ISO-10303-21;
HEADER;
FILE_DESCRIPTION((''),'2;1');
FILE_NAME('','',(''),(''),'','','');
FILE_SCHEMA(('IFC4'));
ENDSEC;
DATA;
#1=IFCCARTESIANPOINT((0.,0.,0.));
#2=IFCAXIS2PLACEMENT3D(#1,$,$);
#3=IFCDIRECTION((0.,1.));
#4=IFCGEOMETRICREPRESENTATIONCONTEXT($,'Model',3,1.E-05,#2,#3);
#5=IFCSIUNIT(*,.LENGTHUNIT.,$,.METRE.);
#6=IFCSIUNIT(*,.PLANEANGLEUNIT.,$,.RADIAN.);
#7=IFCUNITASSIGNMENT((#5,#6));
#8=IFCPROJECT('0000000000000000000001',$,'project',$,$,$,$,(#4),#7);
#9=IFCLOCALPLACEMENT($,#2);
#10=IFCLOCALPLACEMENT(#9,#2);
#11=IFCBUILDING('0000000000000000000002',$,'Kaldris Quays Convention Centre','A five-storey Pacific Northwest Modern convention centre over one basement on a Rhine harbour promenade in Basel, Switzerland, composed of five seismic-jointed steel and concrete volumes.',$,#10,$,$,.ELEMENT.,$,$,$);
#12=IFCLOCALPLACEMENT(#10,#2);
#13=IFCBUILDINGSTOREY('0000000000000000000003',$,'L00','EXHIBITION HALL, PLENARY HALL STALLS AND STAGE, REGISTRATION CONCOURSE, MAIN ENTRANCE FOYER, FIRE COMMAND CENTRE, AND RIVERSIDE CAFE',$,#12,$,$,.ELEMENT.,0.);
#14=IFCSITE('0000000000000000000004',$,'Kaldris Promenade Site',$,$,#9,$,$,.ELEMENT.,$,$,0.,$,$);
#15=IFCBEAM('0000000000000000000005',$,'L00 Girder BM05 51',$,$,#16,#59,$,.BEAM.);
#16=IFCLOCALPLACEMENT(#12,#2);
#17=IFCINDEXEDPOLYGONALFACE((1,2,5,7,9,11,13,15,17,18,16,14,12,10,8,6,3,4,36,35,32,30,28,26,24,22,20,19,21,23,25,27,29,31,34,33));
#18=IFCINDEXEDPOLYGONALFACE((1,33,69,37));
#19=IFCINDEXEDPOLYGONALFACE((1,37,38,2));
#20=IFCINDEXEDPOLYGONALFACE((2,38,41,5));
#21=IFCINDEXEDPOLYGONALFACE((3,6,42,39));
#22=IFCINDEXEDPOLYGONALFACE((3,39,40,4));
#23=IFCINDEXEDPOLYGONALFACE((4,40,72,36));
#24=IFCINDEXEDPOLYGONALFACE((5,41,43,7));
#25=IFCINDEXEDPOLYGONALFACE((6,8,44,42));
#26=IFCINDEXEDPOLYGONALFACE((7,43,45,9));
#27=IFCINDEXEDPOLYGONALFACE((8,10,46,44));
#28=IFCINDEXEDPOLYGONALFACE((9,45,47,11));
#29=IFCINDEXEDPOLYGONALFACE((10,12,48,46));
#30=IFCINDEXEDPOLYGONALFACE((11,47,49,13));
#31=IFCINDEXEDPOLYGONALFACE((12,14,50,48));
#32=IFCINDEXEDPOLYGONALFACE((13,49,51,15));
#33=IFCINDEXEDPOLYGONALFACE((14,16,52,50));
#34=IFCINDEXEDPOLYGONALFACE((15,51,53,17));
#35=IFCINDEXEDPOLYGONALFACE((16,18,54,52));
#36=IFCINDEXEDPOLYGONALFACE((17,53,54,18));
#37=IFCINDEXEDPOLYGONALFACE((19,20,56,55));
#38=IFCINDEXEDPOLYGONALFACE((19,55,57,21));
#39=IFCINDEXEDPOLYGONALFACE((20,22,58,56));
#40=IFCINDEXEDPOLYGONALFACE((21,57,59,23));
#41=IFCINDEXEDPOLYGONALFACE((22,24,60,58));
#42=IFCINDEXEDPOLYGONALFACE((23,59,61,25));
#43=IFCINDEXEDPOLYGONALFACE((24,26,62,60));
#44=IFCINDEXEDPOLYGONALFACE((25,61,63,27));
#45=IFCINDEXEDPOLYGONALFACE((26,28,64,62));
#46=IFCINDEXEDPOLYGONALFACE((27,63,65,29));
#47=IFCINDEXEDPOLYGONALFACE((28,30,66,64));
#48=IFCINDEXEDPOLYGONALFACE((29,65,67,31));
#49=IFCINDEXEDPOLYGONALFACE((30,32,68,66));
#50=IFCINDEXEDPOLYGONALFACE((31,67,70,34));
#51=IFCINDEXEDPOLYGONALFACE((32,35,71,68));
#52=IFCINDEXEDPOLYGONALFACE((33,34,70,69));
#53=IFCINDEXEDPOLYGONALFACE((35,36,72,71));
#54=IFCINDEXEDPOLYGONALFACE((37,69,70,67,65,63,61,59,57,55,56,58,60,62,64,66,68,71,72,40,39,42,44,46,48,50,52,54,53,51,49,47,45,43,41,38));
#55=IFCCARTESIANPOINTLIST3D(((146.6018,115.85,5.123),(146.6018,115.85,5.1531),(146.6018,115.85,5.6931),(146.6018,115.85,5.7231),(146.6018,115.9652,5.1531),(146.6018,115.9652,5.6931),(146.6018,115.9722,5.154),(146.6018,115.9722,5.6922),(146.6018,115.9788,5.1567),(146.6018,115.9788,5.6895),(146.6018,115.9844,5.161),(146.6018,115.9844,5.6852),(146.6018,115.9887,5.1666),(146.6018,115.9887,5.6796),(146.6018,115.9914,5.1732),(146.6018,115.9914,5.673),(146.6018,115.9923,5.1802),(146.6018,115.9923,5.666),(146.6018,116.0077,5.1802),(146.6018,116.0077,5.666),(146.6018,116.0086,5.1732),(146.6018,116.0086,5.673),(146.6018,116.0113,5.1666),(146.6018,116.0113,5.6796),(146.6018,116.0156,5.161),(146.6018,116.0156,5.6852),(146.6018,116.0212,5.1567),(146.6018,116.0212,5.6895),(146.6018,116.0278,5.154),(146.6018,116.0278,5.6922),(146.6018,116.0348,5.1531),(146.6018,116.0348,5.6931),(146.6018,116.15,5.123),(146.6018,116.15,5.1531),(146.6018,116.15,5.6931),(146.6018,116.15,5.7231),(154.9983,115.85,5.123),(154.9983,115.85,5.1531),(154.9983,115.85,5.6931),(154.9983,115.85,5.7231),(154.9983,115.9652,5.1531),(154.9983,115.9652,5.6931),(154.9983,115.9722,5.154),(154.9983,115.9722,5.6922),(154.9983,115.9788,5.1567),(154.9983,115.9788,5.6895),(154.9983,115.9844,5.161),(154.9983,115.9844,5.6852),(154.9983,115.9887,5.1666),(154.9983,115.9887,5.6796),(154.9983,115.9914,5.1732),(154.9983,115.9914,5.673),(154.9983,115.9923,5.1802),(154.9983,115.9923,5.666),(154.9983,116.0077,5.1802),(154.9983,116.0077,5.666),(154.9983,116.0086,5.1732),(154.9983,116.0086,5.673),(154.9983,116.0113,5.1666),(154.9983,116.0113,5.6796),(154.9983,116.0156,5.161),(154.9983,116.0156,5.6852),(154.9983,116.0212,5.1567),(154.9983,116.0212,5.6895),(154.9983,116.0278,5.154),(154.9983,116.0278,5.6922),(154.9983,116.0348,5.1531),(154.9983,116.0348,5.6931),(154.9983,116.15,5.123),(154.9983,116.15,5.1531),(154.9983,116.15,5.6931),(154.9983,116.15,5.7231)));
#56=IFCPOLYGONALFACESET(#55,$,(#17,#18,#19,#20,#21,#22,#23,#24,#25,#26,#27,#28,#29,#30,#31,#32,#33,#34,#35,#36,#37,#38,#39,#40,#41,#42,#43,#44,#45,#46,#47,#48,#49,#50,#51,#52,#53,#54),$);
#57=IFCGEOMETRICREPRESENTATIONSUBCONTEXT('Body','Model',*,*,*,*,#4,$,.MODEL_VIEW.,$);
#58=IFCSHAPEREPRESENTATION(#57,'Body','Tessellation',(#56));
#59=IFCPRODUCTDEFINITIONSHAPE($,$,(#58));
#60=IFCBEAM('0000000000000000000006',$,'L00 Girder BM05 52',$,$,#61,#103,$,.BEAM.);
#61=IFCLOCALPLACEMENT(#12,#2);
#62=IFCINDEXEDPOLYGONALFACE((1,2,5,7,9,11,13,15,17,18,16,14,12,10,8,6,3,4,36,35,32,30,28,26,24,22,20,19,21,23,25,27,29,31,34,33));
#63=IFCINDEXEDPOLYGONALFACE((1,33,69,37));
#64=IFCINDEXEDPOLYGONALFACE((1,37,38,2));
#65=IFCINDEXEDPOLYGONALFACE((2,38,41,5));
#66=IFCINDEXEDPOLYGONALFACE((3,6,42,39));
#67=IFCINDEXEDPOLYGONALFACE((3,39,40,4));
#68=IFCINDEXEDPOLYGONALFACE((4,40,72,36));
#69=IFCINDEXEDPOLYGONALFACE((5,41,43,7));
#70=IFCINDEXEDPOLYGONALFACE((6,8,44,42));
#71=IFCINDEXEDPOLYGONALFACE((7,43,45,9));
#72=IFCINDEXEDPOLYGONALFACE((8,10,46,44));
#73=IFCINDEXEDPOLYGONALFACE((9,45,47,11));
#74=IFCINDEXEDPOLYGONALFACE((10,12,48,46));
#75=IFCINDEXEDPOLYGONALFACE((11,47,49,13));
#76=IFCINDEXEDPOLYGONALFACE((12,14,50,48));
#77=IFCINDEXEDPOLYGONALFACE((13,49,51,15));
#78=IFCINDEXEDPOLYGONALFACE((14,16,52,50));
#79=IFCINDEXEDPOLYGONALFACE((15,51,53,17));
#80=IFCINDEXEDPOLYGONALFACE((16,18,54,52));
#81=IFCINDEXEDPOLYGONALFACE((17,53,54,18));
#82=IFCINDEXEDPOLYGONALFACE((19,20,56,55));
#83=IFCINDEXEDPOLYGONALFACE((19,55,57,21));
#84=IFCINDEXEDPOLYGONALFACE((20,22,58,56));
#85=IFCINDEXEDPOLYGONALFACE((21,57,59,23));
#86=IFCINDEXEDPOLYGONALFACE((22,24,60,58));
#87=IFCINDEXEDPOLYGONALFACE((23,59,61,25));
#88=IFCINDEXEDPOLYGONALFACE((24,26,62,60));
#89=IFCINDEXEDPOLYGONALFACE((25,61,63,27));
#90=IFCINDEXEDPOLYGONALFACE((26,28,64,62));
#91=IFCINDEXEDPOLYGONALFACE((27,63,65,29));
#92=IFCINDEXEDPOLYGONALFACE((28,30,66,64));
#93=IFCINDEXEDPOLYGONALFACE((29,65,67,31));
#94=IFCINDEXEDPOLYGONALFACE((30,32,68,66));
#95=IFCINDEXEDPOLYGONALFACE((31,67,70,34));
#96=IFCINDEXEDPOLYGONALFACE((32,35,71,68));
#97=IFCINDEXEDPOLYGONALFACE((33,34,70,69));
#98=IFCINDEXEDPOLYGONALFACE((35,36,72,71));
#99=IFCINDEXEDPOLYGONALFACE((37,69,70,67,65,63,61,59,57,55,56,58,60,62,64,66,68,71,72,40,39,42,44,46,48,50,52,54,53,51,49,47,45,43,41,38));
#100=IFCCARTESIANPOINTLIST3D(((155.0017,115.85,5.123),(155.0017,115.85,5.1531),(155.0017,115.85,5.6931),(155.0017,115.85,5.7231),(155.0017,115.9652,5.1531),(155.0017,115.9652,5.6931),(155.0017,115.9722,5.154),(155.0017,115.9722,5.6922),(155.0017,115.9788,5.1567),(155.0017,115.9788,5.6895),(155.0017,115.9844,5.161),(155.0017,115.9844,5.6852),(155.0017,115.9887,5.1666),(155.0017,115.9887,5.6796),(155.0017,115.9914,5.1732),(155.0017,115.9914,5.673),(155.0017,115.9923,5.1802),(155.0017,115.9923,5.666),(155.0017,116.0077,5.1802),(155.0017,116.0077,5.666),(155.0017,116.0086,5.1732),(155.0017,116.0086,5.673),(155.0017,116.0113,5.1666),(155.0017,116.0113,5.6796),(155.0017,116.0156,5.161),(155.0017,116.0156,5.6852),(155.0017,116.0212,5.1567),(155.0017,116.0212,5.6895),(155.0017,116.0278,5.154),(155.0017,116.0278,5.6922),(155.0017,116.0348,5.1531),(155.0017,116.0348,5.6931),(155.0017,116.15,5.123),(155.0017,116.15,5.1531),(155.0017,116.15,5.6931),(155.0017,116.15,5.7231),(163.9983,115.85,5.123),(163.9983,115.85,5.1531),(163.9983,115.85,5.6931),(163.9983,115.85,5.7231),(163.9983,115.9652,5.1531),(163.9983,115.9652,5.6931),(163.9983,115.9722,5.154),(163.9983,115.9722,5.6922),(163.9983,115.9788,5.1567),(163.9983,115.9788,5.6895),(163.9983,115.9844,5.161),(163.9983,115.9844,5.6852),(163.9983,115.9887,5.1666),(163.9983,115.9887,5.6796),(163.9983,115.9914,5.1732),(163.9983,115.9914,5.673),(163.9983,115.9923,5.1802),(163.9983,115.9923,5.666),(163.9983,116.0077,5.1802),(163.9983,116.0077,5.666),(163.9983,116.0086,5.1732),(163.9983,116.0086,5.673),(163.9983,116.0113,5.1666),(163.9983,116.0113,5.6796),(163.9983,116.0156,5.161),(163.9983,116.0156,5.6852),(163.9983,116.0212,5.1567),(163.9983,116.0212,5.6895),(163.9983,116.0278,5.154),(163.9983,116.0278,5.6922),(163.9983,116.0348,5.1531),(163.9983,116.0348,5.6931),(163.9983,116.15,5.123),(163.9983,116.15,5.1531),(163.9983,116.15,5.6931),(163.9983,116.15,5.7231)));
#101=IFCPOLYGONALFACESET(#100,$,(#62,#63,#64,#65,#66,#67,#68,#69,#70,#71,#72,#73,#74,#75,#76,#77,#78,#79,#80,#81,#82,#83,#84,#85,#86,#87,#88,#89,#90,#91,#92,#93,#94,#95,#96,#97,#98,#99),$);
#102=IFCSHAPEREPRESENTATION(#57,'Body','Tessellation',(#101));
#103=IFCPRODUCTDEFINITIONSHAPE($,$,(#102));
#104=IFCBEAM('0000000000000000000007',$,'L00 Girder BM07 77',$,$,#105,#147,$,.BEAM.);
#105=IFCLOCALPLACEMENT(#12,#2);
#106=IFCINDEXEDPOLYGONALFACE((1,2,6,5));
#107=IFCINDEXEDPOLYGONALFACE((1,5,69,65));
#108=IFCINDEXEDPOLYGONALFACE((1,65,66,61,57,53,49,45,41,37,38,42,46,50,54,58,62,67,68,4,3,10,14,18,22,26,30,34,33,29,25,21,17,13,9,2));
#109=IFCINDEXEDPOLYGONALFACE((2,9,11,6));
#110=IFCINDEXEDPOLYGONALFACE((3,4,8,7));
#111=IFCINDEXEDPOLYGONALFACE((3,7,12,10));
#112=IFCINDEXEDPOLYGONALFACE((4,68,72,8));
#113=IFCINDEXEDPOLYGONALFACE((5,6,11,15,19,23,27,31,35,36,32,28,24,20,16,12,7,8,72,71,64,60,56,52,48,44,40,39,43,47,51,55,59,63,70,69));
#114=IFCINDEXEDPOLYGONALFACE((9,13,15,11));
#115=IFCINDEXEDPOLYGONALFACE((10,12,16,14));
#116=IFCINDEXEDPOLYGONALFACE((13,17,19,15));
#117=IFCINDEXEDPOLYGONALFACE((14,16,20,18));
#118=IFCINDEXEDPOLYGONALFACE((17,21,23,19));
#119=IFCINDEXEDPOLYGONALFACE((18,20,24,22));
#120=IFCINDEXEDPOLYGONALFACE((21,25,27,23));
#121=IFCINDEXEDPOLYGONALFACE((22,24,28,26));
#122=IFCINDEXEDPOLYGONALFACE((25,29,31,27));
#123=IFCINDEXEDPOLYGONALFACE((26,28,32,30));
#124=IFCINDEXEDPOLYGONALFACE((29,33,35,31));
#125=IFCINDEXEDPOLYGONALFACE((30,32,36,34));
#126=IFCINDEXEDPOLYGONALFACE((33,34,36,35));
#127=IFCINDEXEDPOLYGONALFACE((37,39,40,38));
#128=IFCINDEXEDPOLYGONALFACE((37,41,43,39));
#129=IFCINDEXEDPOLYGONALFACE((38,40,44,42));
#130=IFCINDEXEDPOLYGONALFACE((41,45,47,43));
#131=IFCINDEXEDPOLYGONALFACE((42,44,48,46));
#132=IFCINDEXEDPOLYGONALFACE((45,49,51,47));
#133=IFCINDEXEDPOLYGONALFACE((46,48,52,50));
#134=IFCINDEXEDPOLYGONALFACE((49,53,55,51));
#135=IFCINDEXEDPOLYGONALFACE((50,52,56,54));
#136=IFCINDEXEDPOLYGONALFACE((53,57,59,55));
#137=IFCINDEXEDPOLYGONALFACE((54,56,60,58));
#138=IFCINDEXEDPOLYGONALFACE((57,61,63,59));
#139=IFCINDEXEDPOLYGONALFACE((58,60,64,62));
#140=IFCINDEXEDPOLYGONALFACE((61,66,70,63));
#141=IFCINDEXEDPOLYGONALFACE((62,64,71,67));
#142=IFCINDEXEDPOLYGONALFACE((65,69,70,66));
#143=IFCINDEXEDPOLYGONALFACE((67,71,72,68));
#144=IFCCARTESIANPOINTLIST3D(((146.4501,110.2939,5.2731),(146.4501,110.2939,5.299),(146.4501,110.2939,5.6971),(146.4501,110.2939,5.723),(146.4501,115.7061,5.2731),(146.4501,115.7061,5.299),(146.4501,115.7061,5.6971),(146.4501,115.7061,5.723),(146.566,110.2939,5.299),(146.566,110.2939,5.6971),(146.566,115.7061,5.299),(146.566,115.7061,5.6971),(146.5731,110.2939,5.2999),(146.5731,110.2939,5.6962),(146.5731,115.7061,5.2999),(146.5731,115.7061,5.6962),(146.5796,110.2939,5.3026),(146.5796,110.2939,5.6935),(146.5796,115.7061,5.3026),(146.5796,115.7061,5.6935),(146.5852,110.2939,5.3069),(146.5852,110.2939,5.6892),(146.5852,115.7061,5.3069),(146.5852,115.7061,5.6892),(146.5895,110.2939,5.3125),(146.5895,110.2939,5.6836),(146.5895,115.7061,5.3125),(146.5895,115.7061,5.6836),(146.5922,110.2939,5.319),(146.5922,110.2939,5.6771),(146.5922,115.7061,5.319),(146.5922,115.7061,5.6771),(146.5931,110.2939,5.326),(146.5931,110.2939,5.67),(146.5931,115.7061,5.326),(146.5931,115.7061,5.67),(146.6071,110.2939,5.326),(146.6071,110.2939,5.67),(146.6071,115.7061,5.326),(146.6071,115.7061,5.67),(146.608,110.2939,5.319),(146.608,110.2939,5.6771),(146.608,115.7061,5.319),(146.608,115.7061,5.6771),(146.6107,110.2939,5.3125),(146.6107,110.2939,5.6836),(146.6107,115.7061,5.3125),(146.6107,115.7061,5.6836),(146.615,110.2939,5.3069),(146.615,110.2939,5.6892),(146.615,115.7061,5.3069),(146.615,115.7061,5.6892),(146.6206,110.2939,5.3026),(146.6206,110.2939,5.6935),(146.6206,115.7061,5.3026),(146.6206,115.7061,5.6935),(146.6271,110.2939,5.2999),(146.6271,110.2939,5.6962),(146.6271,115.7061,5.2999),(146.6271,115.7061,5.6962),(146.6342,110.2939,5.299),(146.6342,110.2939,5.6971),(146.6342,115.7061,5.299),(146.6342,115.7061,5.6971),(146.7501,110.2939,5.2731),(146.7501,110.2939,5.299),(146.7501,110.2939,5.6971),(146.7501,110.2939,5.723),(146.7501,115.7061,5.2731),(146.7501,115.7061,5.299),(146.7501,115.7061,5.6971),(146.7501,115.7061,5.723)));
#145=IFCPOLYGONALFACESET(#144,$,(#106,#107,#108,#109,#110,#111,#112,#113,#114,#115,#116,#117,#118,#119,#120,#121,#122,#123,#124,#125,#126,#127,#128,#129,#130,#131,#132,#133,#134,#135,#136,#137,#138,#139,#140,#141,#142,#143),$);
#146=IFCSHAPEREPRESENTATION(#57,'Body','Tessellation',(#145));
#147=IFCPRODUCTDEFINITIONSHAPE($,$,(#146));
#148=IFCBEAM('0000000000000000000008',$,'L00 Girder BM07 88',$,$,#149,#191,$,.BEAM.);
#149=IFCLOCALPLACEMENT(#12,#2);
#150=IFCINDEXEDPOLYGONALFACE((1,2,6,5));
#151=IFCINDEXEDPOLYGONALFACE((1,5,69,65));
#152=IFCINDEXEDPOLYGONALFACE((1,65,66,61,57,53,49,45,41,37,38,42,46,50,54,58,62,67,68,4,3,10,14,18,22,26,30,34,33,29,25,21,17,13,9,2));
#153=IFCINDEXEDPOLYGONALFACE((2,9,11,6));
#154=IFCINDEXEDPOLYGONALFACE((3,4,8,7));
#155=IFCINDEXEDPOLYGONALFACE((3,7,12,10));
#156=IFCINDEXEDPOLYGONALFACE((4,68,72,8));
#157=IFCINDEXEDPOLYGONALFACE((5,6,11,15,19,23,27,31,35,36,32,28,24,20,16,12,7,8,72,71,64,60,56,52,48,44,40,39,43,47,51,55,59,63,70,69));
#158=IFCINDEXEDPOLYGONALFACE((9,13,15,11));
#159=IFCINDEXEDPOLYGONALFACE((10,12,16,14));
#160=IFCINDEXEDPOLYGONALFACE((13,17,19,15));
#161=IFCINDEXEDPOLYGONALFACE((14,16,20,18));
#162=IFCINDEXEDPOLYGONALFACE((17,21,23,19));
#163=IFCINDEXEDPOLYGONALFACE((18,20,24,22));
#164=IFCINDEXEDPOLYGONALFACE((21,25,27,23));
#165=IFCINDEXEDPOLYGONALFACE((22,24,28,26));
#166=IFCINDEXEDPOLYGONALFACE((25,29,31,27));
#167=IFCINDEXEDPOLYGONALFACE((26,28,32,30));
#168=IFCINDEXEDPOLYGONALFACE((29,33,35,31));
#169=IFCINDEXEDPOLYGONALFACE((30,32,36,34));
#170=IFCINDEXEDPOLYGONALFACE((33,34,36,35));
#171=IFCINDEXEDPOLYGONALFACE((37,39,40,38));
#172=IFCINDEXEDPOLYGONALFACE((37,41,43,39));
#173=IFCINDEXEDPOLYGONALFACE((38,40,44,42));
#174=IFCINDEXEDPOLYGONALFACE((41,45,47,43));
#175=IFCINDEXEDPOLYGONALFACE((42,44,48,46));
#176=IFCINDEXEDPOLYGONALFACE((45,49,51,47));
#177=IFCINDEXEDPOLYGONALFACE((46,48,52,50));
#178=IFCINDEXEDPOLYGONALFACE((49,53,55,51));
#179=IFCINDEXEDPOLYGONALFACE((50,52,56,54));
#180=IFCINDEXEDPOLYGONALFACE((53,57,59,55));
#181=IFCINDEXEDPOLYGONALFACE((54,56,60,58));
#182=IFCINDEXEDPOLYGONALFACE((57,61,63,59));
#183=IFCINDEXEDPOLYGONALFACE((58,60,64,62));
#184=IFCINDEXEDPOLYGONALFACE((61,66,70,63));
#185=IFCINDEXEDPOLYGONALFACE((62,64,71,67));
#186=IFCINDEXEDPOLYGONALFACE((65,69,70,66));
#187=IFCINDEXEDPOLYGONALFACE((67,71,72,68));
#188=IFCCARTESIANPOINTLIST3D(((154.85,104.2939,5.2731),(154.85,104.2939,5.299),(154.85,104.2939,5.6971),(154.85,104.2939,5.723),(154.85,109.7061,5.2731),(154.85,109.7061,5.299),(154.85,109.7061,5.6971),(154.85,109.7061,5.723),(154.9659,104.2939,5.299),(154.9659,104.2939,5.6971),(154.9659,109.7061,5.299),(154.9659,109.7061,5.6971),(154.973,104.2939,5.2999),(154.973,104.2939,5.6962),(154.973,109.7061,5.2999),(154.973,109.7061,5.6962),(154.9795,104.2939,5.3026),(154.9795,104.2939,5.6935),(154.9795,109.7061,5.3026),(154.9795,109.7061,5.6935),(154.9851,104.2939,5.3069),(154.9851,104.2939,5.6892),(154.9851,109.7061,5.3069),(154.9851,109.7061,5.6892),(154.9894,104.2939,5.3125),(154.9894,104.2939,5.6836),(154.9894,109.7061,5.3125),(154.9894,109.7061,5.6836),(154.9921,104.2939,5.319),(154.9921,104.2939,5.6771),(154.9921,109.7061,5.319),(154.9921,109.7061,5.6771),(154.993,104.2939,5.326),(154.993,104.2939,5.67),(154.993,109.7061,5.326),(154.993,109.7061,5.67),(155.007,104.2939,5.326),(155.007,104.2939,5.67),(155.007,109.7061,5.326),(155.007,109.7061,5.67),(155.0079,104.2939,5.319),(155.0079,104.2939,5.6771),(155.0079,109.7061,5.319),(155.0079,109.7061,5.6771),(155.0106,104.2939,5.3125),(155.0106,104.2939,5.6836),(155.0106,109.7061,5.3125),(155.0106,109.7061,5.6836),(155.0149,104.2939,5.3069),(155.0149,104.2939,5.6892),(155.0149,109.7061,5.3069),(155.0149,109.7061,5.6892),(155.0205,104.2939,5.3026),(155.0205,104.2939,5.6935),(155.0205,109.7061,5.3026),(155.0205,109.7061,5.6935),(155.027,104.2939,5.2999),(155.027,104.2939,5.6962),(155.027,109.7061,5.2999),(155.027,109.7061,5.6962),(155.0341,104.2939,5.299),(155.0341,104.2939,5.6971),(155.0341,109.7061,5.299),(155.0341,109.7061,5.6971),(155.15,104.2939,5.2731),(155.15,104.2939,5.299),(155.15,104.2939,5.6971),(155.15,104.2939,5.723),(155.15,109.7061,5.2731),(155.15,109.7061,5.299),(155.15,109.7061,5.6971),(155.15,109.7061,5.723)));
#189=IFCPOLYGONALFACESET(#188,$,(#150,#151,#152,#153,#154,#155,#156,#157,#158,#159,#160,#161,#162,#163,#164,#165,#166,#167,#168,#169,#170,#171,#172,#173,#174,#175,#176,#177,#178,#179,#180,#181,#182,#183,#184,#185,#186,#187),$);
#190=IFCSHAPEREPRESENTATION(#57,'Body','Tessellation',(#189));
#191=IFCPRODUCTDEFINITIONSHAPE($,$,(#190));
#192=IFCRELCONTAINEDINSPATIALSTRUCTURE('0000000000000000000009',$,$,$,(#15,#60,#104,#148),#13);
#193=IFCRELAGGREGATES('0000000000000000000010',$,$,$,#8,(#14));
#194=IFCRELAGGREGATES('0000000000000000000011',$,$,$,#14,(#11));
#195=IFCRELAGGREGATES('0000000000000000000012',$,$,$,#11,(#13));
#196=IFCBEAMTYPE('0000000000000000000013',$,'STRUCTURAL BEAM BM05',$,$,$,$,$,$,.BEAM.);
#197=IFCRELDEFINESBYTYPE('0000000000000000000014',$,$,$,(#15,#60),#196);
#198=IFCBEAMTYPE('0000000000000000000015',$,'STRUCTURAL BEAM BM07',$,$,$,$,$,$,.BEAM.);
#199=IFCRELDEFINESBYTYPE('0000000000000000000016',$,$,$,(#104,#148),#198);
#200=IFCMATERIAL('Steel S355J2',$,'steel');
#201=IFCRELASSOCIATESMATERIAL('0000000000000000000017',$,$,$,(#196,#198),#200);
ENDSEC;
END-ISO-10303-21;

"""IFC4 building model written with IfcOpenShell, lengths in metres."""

from ifc_helpers import new_model, si_unit, direction, frame, origin, origin_2d, place, context, subcontext, project, spatial, i_section, extrude, material, material_profile, profile_set, type_object, element, save


model = new_model("IFC4")

# Units and contexts
model_context = context("Model", 3, precision=1e-05, world=origin(), true_north=direction((0.0, 1.0)))
body_context = subcontext(model_context, "Body", "Model", "MODEL_VIEW")
ifc_project = project(units=[si_unit("LENGTHUNIT", "METRE"), si_unit("PLANEANGLEUNIT", "RADIAN")], contexts=[model_context])

# Site, building, storey
site_placement = place(None, origin())
site = spatial("IfcSite", under=ifc_project, at=site_placement, Name="Kaldris Promenade Site", CompositionType="ELEMENT", RefElevation=0.0)
building_placement = place(site_placement, origin())
building = spatial("IfcBuilding", under=site, at=building_placement, Name="Kaldris Quays Convention Centre", Description="A five-storey Pacific Northwest Modern convention centre over one basement on a Rhine harbour promenade in Basel, Switzerland, composed of five seismic-jointed steel and concrete volumes.", CompositionType="ELEMENT")
storey_placement = place(building_placement, origin())
storey = spatial("IfcBuildingStorey", under=building, at=storey_placement, Name="L00", Description="EXHIBITION HALL, PLENARY HALL STALLS AND STAGE, REGISTRATION CONCOURSE, MAIN ENTRANCE FOYER, FIRE COMMAND CENTRE, AND RIVERSIDE CAFE", CompositionType="ELEMENT", Elevation=0.0)

# Shared definitions
ifc_material_1 = material(Name="Steel S355J2", Category="steel")

# Beams
ifc_material_profile_1 = material_profile(ifc_material_1, i_section(OverallWidth=0.3, OverallDepth=0.6001, WebThickness=0.0154, FlangeThickness=0.03, FilletRadius=0.0271, at=origin_2d()), Name="HEB 600")
ifc_profile_set_1 = profile_set([ifc_material_profile_1], Name="Steel S355J2")
beam_type_1 = type_object("IfcBeamType", Name="STRUCTURAL BEAM BM05", PredefinedType="BEAM", material=ifc_profile_set_1)
beam_1_placement = place(storey_placement, frame((146.6018, 116.0, 5.4231), z_axis=(1.0, 0.0, 0.0), x_axis=(0.0, 1.0, 0.0)))
element("IfcBeam", 1, at=beam_1_placement, inside=storey, type_object=beam_type_1, Name="L00 Girder BM05 51", PredefinedType="BEAM", context=body_context, shape_type="SweptSolid", body=[
    extrude(i_section(OverallWidth=0.3, OverallDepth=0.6001, WebThickness=0.0154, FlangeThickness=0.03, FilletRadius=0.0271, at=origin_2d()), origin(), (0.0, 0.0, 1.0), 8.3965),
])
beam_2_placement = place(storey_placement, frame((155.0017, 116.0, 5.4231), z_axis=(1.0, 0.0, 0.0), x_axis=(0.0, 1.0, 0.0)))
element("IfcBeam", 2, at=beam_2_placement, inside=storey, type_object=beam_type_1, Name="L00 Girder BM05 52", PredefinedType="BEAM", context=body_context, shape_type="SweptSolid", body=[
    extrude(i_section(OverallWidth=0.3, OverallDepth=0.6001, WebThickness=0.0154, FlangeThickness=0.03, FilletRadius=0.0271, at=origin_2d()), origin(), (0.0, 0.0, 1.0), 8.9966),
])
ifc_material_profile_2 = material_profile(ifc_material_1, i_section(OverallWidth=0.3, OverallDepth=0.45, WebThickness=0.0139, FlangeThickness=0.0259, FilletRadius=0.0271, at=origin_2d()), Name="HEB 450")
ifc_profile_set_2 = profile_set([ifc_material_profile_2], Name="Steel S355J2")
beam_type_2 = type_object("IfcBeamType", Name="STRUCTURAL BEAM BM07", PredefinedType="BEAM", material=ifc_profile_set_2)
for number, where, z_axis, x_axis, name in (
    (3, (146.6001, 110.2939, 5.498), (0.0, 1.0, 0.0), (-1.0, 0.0, 0.0), "L00 Girder BM07 77"),
    (4, (155.0, 104.2939, 5.498), (0.0, 1.0, 0.0), (-1.0, 0.0, 0.0), "L00 Girder BM07 88"),
):
    element("IfcBeam", number, at=place(storey_placement, frame(where, z_axis=z_axis, x_axis=x_axis)), inside=storey, type_object=beam_type_2, Name=name, PredefinedType="BEAM", context=body_context, shape_type="SweptSolid", body=[
        extrude(i_section(OverallWidth=0.3, OverallDepth=0.45, WebThickness=0.0139, FlangeThickness=0.0259, FilletRadius=0.0271, at=origin_2d()), origin(), (0.0, 0.0, 1.0), 5.4121),
    ])

save(model, "model.ifc")
